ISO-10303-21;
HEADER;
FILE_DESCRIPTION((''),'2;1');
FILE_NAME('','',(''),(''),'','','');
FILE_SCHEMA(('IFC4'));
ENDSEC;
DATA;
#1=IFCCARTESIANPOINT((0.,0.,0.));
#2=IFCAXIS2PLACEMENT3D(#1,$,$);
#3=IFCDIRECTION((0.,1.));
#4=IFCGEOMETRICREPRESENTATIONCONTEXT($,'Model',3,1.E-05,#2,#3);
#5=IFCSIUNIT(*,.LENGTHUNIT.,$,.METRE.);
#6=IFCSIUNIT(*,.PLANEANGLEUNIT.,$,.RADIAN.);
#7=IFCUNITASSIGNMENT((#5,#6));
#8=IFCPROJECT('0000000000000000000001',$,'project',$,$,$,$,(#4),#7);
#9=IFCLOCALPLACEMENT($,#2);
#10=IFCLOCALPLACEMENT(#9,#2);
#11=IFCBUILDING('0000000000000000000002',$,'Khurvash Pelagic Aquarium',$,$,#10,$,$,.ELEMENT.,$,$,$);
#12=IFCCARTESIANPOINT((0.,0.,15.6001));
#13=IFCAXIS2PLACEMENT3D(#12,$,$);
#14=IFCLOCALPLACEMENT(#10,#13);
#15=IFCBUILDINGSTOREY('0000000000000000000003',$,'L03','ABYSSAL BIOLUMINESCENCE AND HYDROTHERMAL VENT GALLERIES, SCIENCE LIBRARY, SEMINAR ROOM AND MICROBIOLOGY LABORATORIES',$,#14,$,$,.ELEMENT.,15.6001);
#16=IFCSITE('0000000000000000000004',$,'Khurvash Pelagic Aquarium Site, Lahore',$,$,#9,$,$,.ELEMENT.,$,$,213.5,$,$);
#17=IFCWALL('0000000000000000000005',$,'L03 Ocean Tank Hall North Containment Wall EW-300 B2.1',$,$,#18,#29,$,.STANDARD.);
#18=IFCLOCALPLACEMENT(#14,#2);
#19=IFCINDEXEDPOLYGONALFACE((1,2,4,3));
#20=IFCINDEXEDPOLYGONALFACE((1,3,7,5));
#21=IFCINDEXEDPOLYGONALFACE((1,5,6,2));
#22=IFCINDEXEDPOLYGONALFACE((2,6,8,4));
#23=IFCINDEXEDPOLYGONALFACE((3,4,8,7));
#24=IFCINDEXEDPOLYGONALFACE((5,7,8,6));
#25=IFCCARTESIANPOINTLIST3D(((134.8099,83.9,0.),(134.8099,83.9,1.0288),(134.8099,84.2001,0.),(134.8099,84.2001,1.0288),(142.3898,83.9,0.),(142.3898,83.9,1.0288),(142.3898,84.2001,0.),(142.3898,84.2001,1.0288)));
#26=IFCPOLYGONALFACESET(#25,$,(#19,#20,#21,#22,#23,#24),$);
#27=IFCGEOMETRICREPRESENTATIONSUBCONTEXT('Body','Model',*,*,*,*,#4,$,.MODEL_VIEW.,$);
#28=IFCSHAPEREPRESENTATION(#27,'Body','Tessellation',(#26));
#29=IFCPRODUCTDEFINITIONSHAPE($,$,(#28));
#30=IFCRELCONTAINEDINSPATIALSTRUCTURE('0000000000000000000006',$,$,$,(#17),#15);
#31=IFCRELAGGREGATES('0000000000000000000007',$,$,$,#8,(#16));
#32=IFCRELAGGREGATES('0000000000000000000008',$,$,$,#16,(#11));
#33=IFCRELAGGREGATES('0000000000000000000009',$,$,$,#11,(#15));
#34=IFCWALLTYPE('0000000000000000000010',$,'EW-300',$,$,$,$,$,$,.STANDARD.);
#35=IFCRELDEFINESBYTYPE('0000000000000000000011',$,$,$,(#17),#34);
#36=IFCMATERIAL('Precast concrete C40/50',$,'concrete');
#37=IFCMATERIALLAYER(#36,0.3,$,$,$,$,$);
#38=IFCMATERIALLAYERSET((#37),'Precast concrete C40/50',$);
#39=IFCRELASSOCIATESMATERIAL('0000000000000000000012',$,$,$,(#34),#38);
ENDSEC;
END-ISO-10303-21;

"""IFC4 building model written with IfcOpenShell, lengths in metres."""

from ifc_helpers import new_model, si_unit, direction, frame, frame_2d, origin, place, context, subcontext, project, spatial, rectangle, extrude, material, layer, layer_set, type_object, element, save


model = new_model("IFC4")

# Units and contexts
model_context = context("Model", 3, precision=1e-05, world=origin(), true_north=direction((0.0, 1.0)))
body_context = subcontext(model_context, "Body", "Model", "MODEL_VIEW")
ifc_project = project(units=[si_unit("LENGTHUNIT", "METRE"), si_unit("PLANEANGLEUNIT", "RADIAN")], contexts=[model_context])

# Site, building, storey
site_placement = place(None, origin())
site = spatial("IfcSite", under=ifc_project, at=site_placement, Name="Khurvash Pelagic Aquarium Site, Lahore", CompositionType="ELEMENT", RefElevation=213.5)
building_placement = place(site_placement, origin())
building = spatial("IfcBuilding", under=site, at=building_placement, Name="Khurvash Pelagic Aquarium", CompositionType="ELEMENT")
storey_placement = place(building_placement, frame((0.0, 0.0, 15.6001)))
storey = spatial("IfcBuildingStorey", under=building, at=storey_placement, Name="L03", Description="ABYSSAL BIOLUMINESCENCE AND HYDROTHERMAL VENT GALLERIES, SCIENCE LIBRARY, SEMINAR ROOM AND MICROBIOLOGY LABORATORIES", CompositionType="ELEMENT", Elevation=15.6001)

# Wall
ifc_material_1 = material(Name="Precast concrete C40/50", Category="concrete")
ifc_layer_1 = layer(ifc_material_1, 0.3)
ifc_layer_set_1 = layer_set([ifc_layer_1], Name="Precast concrete C40/50")
wall_type = type_object("IfcWallType", Name="EW-300", PredefinedType="STANDARD", material=ifc_layer_set_1)
wall_placement = place(storey_placement, frame((142.3899, 84.05, 0.0), z_axis=(0.0, 0.0, 1.0), x_axis=(-1.0, 0.0, 0.0)))
element("IfcWall", 1, at=wall_placement, inside=storey, type_object=wall_type, Name="L03 Ocean Tank Hall North Containment Wall EW-300 B2.1", PredefinedType="STANDARD", context=body_context, shape_type="SweptSolid", body=[
    extrude(rectangle(XDim=7.5798, YDim=0.3, at=frame_2d((3.79, 0.0))), origin(), (0.0, 0.0, 1.0), 1.0288),
])

save(model, "model.ifc")
